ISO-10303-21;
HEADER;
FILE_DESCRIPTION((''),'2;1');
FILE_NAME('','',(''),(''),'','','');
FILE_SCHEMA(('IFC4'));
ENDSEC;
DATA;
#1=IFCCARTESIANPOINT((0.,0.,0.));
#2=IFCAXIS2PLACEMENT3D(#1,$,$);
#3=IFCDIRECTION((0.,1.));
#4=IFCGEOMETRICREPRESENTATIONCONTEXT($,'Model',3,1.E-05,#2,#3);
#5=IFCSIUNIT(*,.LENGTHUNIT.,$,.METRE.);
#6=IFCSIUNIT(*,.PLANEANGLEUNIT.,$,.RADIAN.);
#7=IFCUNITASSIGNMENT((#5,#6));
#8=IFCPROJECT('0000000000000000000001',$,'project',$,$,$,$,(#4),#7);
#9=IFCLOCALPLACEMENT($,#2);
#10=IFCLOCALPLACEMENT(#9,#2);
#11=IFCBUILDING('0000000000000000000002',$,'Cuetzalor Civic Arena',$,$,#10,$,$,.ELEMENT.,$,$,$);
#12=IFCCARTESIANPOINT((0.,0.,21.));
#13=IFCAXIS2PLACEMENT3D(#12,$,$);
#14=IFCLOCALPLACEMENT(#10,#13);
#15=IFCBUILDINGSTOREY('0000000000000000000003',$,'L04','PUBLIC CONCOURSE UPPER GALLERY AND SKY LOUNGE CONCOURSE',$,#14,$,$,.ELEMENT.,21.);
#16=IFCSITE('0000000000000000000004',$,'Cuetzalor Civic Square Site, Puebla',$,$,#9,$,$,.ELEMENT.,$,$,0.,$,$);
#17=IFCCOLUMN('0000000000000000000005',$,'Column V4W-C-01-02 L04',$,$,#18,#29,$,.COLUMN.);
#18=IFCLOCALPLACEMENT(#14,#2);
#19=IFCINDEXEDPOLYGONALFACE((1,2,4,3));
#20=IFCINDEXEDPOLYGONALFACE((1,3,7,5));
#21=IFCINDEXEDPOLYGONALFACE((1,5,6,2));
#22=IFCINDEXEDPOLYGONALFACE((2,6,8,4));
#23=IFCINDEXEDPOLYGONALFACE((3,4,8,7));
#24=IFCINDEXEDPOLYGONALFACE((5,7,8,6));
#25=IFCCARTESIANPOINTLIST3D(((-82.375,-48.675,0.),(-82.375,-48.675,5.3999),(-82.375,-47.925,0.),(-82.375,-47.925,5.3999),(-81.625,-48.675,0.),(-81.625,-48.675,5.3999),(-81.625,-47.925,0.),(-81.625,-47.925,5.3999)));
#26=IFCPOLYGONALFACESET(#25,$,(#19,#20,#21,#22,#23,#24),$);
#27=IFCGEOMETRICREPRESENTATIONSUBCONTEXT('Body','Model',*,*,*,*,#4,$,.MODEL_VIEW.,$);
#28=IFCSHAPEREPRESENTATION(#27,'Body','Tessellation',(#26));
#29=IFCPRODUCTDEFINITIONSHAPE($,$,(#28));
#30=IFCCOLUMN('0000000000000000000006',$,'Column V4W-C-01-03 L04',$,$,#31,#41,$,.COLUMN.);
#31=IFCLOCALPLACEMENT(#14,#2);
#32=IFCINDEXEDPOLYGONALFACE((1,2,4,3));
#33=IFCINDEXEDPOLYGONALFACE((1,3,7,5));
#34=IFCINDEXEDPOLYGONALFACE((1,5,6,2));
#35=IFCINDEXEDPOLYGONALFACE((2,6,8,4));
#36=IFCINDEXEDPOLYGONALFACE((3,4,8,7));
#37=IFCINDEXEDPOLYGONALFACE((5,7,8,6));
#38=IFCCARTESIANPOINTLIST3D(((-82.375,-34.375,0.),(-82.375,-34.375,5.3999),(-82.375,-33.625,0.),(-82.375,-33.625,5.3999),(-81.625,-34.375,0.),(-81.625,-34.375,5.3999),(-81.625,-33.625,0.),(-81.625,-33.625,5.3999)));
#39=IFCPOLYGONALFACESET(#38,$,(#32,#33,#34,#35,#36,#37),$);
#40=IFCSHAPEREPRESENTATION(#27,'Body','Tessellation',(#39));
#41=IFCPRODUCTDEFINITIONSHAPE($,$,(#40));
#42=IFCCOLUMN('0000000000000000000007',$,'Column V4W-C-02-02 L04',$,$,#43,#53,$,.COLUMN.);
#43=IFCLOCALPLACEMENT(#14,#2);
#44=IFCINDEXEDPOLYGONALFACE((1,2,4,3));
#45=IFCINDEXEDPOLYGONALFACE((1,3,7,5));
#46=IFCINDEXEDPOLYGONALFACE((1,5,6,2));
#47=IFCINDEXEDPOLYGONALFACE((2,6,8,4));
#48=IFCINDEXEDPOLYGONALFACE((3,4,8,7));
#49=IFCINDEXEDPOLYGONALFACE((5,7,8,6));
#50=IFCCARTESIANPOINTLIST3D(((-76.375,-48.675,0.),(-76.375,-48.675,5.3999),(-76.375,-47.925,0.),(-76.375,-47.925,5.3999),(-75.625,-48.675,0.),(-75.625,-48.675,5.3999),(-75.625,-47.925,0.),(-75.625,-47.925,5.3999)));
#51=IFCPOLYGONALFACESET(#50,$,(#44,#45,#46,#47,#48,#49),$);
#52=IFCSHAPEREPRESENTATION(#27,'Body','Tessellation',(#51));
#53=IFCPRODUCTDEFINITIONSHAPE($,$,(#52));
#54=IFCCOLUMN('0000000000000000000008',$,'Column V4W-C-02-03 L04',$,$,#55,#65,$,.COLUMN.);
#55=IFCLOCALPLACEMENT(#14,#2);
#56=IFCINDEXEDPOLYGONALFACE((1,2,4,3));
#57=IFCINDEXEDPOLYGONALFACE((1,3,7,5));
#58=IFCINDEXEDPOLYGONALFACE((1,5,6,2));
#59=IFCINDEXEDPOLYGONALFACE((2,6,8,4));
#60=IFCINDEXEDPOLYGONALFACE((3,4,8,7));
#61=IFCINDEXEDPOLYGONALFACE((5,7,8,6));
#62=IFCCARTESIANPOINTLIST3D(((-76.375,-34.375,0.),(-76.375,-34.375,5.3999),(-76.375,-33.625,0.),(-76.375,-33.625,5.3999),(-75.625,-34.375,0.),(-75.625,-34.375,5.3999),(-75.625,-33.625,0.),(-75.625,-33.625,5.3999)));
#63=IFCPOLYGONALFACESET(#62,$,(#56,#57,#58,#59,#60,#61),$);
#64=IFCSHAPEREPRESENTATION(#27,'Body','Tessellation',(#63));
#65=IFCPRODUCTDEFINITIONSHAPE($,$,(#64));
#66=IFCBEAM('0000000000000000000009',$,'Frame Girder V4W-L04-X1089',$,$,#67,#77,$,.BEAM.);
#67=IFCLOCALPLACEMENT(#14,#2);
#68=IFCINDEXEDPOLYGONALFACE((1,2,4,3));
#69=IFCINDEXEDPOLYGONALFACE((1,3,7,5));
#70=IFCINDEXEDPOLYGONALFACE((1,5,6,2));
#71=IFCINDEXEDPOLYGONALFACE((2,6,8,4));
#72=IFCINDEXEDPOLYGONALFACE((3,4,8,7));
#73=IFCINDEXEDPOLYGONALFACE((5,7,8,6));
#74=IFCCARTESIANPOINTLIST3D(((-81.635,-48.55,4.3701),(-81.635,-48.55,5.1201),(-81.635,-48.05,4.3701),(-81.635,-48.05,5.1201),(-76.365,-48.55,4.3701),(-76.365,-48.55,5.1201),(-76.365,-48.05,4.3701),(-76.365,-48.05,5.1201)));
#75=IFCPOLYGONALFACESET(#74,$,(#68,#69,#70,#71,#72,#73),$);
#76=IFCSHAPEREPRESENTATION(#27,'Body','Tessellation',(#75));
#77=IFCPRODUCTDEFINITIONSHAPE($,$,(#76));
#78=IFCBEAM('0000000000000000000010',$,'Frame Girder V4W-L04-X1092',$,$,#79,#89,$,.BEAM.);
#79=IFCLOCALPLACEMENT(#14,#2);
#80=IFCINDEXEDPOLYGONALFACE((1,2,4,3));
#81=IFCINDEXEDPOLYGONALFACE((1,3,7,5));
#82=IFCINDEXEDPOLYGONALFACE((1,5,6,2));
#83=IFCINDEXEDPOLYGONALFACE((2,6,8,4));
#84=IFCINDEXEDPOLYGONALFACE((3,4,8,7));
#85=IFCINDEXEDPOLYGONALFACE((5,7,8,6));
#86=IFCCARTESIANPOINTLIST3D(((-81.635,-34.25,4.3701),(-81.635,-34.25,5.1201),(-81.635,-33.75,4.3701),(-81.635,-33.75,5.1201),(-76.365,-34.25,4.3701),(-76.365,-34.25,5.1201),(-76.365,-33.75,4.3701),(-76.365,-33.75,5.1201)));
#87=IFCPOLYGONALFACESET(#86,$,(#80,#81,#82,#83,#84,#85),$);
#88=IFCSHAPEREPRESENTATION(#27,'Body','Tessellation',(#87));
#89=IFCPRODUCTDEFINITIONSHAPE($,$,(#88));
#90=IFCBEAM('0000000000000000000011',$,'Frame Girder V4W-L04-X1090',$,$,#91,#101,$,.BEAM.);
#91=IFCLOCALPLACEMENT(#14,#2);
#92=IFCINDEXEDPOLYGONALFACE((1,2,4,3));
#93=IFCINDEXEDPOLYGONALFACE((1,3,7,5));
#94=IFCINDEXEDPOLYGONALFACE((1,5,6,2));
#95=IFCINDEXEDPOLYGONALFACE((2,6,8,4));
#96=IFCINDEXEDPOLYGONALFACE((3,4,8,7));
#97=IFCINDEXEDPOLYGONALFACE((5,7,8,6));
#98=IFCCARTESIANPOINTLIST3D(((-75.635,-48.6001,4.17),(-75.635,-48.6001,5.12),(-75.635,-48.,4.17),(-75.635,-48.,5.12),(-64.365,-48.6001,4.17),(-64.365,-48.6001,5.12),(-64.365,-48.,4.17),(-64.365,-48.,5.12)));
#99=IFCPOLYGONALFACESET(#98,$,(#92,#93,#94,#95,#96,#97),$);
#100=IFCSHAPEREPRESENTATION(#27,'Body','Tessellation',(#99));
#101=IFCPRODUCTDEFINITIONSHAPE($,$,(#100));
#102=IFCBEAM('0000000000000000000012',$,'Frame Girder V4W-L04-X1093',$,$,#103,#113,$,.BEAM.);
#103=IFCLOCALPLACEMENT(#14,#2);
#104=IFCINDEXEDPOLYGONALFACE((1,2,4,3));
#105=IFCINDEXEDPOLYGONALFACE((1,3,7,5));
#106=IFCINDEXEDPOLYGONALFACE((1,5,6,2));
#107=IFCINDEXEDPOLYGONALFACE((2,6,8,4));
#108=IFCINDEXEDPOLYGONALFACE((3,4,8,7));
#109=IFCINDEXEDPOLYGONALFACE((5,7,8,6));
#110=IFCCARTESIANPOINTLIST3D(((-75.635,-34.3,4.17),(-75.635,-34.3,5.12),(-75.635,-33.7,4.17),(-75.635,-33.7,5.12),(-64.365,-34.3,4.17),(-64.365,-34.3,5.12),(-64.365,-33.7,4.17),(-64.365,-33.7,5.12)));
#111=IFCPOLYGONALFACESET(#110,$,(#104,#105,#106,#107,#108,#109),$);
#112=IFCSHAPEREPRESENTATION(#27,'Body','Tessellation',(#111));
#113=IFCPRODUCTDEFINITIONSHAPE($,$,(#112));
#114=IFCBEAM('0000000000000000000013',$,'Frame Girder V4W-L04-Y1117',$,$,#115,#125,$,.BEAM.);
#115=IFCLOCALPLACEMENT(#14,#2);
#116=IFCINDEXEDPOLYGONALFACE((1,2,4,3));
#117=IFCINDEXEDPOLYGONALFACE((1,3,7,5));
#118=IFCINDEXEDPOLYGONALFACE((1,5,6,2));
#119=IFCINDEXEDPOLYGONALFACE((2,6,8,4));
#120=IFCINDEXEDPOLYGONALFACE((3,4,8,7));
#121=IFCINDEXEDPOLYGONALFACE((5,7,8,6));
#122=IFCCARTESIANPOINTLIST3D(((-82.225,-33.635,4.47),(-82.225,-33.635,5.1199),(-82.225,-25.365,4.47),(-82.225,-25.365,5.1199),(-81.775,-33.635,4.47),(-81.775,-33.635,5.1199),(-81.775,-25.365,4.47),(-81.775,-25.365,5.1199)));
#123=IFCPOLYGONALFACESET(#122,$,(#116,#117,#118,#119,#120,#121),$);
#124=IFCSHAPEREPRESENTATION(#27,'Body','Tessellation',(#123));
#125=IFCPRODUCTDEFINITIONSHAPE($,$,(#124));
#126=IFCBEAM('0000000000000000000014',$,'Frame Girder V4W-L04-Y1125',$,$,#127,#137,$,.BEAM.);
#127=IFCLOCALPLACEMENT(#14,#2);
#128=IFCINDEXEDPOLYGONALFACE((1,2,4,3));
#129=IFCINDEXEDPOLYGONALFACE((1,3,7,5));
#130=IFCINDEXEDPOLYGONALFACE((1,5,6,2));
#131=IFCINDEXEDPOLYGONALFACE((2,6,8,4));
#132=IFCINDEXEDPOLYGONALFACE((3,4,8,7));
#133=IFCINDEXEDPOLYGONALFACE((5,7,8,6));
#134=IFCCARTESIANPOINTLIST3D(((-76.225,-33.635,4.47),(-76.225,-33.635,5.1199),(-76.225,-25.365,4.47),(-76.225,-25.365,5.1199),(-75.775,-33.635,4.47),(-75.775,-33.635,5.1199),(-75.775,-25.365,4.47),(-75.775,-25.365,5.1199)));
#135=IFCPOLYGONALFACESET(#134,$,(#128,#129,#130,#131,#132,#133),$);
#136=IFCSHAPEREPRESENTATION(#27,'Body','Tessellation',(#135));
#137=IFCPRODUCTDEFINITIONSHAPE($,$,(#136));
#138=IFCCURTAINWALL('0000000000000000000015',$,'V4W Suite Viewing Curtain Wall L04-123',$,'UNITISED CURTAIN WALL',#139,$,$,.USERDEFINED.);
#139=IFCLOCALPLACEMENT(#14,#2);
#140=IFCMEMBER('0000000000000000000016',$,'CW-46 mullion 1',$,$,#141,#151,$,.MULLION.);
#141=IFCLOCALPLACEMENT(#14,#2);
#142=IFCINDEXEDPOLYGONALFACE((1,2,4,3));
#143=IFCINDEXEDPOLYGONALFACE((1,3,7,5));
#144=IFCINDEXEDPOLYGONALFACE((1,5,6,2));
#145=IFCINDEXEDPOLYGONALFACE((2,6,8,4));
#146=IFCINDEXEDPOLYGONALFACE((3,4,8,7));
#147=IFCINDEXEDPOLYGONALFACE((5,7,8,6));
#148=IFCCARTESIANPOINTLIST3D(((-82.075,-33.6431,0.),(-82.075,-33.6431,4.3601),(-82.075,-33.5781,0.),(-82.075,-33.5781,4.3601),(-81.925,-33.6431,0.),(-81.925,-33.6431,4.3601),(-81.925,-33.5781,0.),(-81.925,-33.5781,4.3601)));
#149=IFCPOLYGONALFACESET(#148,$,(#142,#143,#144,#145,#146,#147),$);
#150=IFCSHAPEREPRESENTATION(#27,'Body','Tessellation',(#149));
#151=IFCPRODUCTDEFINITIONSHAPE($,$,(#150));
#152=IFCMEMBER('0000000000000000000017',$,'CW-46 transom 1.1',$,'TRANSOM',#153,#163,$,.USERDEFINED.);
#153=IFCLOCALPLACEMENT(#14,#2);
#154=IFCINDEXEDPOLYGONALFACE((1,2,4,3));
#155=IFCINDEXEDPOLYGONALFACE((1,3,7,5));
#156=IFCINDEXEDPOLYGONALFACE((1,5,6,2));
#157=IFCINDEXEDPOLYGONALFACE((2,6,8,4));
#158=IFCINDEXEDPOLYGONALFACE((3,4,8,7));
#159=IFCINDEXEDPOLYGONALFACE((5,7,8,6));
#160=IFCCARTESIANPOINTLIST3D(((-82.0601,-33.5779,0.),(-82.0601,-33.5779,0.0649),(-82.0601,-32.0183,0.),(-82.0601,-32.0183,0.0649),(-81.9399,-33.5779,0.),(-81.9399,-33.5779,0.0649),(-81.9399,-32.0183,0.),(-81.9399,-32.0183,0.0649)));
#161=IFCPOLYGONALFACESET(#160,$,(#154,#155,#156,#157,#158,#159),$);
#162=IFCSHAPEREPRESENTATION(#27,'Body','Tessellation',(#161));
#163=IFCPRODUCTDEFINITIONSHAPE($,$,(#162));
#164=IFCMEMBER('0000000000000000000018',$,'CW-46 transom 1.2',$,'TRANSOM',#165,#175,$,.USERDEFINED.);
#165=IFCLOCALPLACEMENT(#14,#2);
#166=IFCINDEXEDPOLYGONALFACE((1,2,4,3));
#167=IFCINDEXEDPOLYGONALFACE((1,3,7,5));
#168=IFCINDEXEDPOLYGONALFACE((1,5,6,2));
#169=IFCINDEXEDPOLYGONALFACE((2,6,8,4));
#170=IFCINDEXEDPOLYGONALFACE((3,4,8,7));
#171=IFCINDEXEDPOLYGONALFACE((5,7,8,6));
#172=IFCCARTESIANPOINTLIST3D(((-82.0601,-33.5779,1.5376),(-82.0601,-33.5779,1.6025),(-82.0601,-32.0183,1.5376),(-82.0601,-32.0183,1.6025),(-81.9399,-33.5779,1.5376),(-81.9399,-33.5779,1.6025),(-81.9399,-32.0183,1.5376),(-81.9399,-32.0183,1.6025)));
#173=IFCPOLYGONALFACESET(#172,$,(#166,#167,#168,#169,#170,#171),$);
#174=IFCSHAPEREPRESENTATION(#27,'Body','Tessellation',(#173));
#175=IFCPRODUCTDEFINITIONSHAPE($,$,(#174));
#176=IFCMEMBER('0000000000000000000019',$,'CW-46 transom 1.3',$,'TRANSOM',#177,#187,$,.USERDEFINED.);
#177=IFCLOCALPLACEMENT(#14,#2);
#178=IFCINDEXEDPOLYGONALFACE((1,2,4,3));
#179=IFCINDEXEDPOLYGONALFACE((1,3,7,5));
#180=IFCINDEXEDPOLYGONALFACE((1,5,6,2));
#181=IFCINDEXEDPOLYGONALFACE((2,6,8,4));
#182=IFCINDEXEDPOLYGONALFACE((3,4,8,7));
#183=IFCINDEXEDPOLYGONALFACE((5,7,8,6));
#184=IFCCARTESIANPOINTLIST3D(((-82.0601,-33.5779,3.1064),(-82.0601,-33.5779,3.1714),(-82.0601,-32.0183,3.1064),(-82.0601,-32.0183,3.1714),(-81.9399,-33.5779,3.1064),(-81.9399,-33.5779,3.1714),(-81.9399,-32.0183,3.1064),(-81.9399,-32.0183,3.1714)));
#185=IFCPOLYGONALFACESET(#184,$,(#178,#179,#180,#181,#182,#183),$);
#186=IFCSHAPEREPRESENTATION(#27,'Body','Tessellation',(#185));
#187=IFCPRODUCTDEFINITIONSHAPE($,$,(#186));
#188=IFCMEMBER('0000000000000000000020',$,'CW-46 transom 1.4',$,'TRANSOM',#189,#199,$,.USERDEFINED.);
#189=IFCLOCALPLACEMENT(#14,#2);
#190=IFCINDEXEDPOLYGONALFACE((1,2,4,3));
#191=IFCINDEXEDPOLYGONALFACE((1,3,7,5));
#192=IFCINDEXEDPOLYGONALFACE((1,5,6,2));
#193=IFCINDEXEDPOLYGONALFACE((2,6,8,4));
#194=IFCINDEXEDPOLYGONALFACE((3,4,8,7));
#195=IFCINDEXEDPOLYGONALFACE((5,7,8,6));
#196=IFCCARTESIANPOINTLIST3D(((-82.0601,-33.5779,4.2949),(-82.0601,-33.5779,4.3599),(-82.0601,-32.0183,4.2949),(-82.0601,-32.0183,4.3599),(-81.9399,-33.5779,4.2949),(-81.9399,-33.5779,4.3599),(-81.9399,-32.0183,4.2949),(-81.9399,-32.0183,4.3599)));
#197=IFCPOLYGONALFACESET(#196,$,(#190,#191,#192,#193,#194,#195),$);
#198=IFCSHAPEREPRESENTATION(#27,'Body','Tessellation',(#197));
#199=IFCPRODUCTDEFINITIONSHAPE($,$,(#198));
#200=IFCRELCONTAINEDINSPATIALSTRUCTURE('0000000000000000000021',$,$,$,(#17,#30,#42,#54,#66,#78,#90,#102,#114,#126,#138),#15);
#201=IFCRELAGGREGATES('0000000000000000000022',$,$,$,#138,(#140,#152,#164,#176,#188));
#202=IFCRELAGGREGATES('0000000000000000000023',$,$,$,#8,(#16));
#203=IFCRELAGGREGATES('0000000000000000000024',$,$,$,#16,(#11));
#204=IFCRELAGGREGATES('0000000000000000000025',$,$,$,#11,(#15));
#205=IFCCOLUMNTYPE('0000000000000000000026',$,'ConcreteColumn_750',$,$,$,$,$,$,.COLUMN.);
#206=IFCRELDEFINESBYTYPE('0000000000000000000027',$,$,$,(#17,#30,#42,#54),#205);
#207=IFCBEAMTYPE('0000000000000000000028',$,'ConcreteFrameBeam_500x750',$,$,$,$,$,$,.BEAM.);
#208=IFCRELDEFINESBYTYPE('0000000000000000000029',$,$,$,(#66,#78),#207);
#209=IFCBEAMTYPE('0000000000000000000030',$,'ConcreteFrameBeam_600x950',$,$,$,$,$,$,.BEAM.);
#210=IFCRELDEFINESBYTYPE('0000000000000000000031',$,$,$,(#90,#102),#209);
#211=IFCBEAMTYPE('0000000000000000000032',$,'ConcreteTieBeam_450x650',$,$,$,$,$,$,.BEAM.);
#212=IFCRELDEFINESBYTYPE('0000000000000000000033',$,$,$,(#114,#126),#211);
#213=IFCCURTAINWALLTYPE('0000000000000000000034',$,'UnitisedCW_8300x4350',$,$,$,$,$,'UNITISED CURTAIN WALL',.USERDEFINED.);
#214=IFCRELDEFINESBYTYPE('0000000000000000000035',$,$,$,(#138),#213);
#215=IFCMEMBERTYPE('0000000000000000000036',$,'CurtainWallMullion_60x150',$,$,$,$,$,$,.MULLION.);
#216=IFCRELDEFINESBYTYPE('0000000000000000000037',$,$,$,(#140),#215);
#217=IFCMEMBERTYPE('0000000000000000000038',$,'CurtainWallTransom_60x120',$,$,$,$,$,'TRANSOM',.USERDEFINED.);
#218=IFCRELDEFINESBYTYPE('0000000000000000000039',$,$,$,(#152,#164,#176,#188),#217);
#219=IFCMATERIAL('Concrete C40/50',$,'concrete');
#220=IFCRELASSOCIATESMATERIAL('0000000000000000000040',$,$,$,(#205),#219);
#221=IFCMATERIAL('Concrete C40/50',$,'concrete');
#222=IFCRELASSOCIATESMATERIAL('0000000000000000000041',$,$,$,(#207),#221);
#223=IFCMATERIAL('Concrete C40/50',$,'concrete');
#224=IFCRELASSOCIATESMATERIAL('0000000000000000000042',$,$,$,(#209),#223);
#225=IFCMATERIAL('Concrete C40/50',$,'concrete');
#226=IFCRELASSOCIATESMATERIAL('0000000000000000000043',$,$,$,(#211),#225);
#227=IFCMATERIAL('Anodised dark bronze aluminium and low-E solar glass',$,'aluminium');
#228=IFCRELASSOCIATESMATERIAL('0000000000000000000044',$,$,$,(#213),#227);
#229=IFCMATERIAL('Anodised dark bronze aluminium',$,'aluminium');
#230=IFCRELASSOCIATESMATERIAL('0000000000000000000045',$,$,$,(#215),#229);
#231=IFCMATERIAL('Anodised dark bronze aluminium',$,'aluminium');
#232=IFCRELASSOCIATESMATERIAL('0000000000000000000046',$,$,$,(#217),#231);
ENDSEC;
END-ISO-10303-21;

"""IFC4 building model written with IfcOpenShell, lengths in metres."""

from ifc_helpers import new_model, si_unit, direction, frame, origin, origin_2d, place, context, subcontext, project, spatial, rectangle, extrude, material, material_profile, profile_set, type_object, element, aggregate, save


model = new_model("IFC4")

# Units and contexts
model_context = context("Model", 3, precision=1e-05, world=origin(), true_north=direction((0.0, 1.0)))
body_context = subcontext(model_context, "Body", "Model", "MODEL_VIEW")
ifc_project = project(units=[si_unit("LENGTHUNIT", "METRE"), si_unit("PLANEANGLEUNIT", "RADIAN")], contexts=[model_context])

# Site, building, storey
site_placement = place(None, origin())
site = spatial("IfcSite", under=ifc_project, at=site_placement, Name="Cuetzalor Civic Square Site, Puebla", CompositionType="ELEMENT", RefElevation=0.0)
building_placement = place(site_placement, origin())
building = spatial("IfcBuilding", under=site, at=building_placement, Name="Cuetzalor Civic Arena", CompositionType="ELEMENT")
storey_placement = place(building_placement, frame((0.0, 0.0, 21.0)))
storey = spatial("IfcBuildingStorey", under=building, at=storey_placement, Name="L04", Description="PUBLIC CONCOURSE UPPER GALLERY AND SKY LOUNGE CONCOURSE", CompositionType="ELEMENT", Elevation=21.0)

# Columns
ifc_material_1 = material(Name="Concrete C40/50", Category="concrete")
ifc_material_profile_1 = material_profile(ifc_material_1, rectangle(XDim=0.75, YDim=0.75, at=origin_2d()), Name="RC 750x750")
ifc_profile_set_1 = profile_set([ifc_material_profile_1], Name="Concrete C40/50")
column_type = type_object("IfcColumnType", Name="ConcreteColumn_750", PredefinedType="COLUMN", material=ifc_profile_set_1)
for number, where, z_axis, x_axis, name in (
    (1, (-82.0, -48.3, 0.0), (0.0, 0.0, 1.0), (1.0, 0.0, 0.0), "Column V4W-C-01-02 L04"),
    (2, (-82.0, -34.0, 0.0), (0.0, 0.0, 1.0), (1.0, 0.0, 0.0), "Column V4W-C-01-03 L04"),
    (3, (-76.0, -48.3, 0.0), (0.0, 0.0, 1.0), (1.0, 0.0, 0.0), "Column V4W-C-02-02 L04"),
    (4, (-76.0, -34.0, 0.0), (0.0, 0.0, 1.0), (1.0, 0.0, 0.0), "Column V4W-C-02-03 L04"),
):
    element("IfcColumn", number, at=place(storey_placement, frame(where, z_axis=z_axis, x_axis=x_axis)), inside=storey, type_object=column_type, Name=name, PredefinedType="COLUMN", context=body_context, shape_type="SweptSolid", body=[
        extrude(rectangle(XDim=0.75, YDim=0.75, at=origin_2d()), origin(), (0.0, 0.0, 1.0), 5.3999),
    ])

# Beams
ifc_material_2 = material(Name="Concrete C40/50", Category="concrete")
ifc_material_profile_2 = material_profile(ifc_material_2, rectangle(XDim=0.5, YDim=0.75, at=origin_2d()), Name="RC 500x750")
ifc_profile_set_2 = profile_set([ifc_material_profile_2], Name="Concrete C40/50")
beam_type_1 = type_object("IfcBeamType", Name="ConcreteFrameBeam_500x750", PredefinedType="BEAM", material=ifc_profile_set_2)
for number, where, z_axis, x_axis, name in (
    (5, (-81.635, -48.3, 4.7451), (1.0, 0.0, 0.0), (0.0, 1.0, 0.0), "Frame Girder V4W-L04-X1089"),
    (6, (-81.635, -34.0, 4.7451), (1.0, 0.0, 0.0), (0.0, 1.0, 0.0), "Frame Girder V4W-L04-X1092"),
):
    element("IfcBeam", number, at=place(storey_placement, frame(where, z_axis=z_axis, x_axis=x_axis)), inside=storey, type_object=beam_type_1, Name=name, PredefinedType="BEAM", context=body_context, shape_type="SweptSolid", body=[
        extrude(rectangle(XDim=0.5, YDim=0.75, at=origin_2d()), origin(), (0.0, 0.0, 1.0), 5.27),
    ])
ifc_material_3 = material(Name="Concrete C40/50", Category="concrete")
ifc_material_profile_3 = material_profile(ifc_material_3, rectangle(XDim=0.6001, YDim=0.95, at=origin_2d()), Name="RC 600x950")
ifc_profile_set_3 = profile_set([ifc_material_profile_3], Name="Concrete C40/50")
beam_type_2 = type_object("IfcBeamType", Name="ConcreteFrameBeam_600x950", PredefinedType="BEAM", material=ifc_profile_set_3)
for number, where, z_axis, x_axis, name in (
    (7, (-75.635, -48.3, 4.645), (1.0, 0.0, 0.0), (0.0, 1.0, 0.0), "Frame Girder V4W-L04-X1090"),
    (8, (-75.635, -34.0, 4.645), (1.0, 0.0, 0.0), (0.0, 1.0, 0.0), "Frame Girder V4W-L04-X1093"),
):
    element("IfcBeam", number, at=place(storey_placement, frame(where, z_axis=z_axis, x_axis=x_axis)), inside=storey, type_object=beam_type_2, Name=name, PredefinedType="BEAM", context=body_context, shape_type="SweptSolid", body=[
        extrude(rectangle(XDim=0.6001, YDim=0.95, at=origin_2d()), origin(), (0.0, 0.0, 1.0), 11.27),
    ])
ifc_material_4 = material(Name="Concrete C40/50", Category="concrete")
ifc_material_profile_4 = material_profile(ifc_material_4, rectangle(XDim=0.45, YDim=0.6499, at=origin_2d()), Name="RC 450x650")
ifc_profile_set_4 = profile_set([ifc_material_profile_4], Name="Concrete C40/50")
beam_type_3 = type_object("IfcBeamType", Name="ConcreteTieBeam_450x650", PredefinedType="BEAM", material=ifc_profile_set_4)
for number, where, z_axis, x_axis, name in (
    (9, (-82.0, -33.635, 4.7949), (0.0, 1.0, 0.0), (-1.0, 0.0, 0.0), "Frame Girder V4W-L04-Y1117"),
    (10, (-76.0, -33.635, 4.7949), (0.0, 1.0, 0.0), (-1.0, 0.0, 0.0), "Frame Girder V4W-L04-Y1125"),
):
    element("IfcBeam", number, at=place(storey_placement, frame(where, z_axis=z_axis, x_axis=x_axis)), inside=storey, type_object=beam_type_3, Name=name, PredefinedType="BEAM", context=body_context, shape_type="SweptSolid", body=[
        extrude(rectangle(XDim=0.45, YDim=0.6499, at=origin_2d()), origin(), (0.0, 0.0, 1.0), 8.27),
    ])

# Curtain wall, members
ifc_material_5 = material(Name="Anodised dark bronze aluminium and low-E solar glass", Category="aluminium")
curtain_wall_type = type_object("IfcCurtainWallType", Name="UnitisedCW_8300x4350", ElementType="UNITISED CURTAIN WALL", PredefinedType="USERDEFINED", material=ifc_material_5)
curtain_wall_placement = place(storey_placement, origin())
curtain_wall = element("IfcCurtainWall", 11, at=curtain_wall_placement, inside=storey, type_object=curtain_wall_type, Name="V4W Suite Viewing Curtain Wall L04-123", ObjectType="UNITISED CURTAIN WALL", PredefinedType="USERDEFINED")
ifc_material_6 = material(Name="Anodised dark bronze aluminium", Category="aluminium")
ifc_material_profile_5 = material_profile(ifc_material_6, rectangle(XDim=0.0649, YDim=0.1499, at=origin_2d()), Name="ALU MULLION 65x150")
ifc_profile_set_5 = profile_set([ifc_material_profile_5], Name="Anodised dark bronze aluminium")
member_type_1 = type_object("IfcMemberType", Name="CurtainWallMullion_60x150", PredefinedType="MULLION", material=ifc_profile_set_5)
member_1_placement = place(storey_placement, frame((-82.0, -33.6106, 0.0), z_axis=(0.0, 0.0, 1.0), x_axis=(0.0, 1.0, 0.0)))
member_1 = element("IfcMember", 12, at=member_1_placement, type_object=member_type_1, Name="CW-46 mullion 1", PredefinedType="MULLION", context=body_context, shape_type="SweptSolid", body=[
    extrude(rectangle(XDim=0.0649, YDim=0.1499, at=origin_2d()), origin(), (0.0, 0.0, 1.0), 4.3601),
])
ifc_material_7 = material(Name="Anodised dark bronze aluminium", Category="aluminium")
ifc_material_profile_6 = material_profile(ifc_material_7, rectangle(XDim=0.1201, YDim=0.0649, at=origin_2d()), Name="ALU TRANSOM 65x120")
ifc_profile_set_6 = profile_set([ifc_material_profile_6], Name="Anodised dark bronze aluminium")
member_type_2 = type_object("IfcMemberType", Name="CurtainWallTransom_60x120", ElementType="TRANSOM", PredefinedType="USERDEFINED", material=ifc_profile_set_6)
member_2_placement = place(storey_placement, frame((-82.0, -33.5779, 0.0325), z_axis=(0.0, 1.0, 0.0), x_axis=(-1.0, 0.0, 0.0)))
member_2 = element("IfcMember", 13, at=member_2_placement, type_object=member_type_2, Name="CW-46 transom 1.1", ObjectType="TRANSOM", PredefinedType="USERDEFINED", context=body_context, shape_type="SweptSolid", body=[
    extrude(rectangle(XDim=0.1201, YDim=0.0649, at=origin_2d()), origin(), (0.0, 0.0, 1.0), 1.5596),
])
member_3_placement = place(storey_placement, frame((-82.0, -33.5779, 1.5701), z_axis=(0.0, 1.0, 0.0), x_axis=(-1.0, 0.0, 0.0)))
member_3 = element("IfcMember", 14, at=member_3_placement, type_object=member_type_2, Name="CW-46 transom 1.2", ObjectType="TRANSOM", PredefinedType="USERDEFINED", context=body_context, shape_type="SweptSolid", body=[
    extrude(rectangle(XDim=0.1201, YDim=0.0649, at=origin_2d()), origin(), (0.0, 0.0, 1.0), 1.5596),
])
member_4_placement = place(storey_placement, frame((-82.0, -33.5779, 3.1389), z_axis=(0.0, 1.0, 0.0), x_axis=(-1.0, 0.0, 0.0)))
member_4 = element("IfcMember", 15, at=member_4_placement, type_object=member_type_2, Name="CW-46 transom 1.3", ObjectType="TRANSOM", PredefinedType="USERDEFINED", context=body_context, shape_type="SweptSolid", body=[
    extrude(rectangle(XDim=0.1201, YDim=0.0649, at=origin_2d()), origin(), (0.0, 0.0, 1.0), 1.5596),
])
member_5_placement = place(storey_placement, frame((-82.0, -33.5779, 4.3274), z_axis=(0.0, 1.0, 0.0), x_axis=(-1.0, 0.0, 0.0)))
member_5 = element("IfcMember", 16, at=member_5_placement, type_object=member_type_2, Name="CW-46 transom 1.4", ObjectType="TRANSOM", PredefinedType="USERDEFINED", context=body_context, shape_type="SweptSolid", body=[
    extrude(rectangle(XDim=0.1201, YDim=0.0649, at=origin_2d()), origin(), (0.0, 0.0, 1.0), 1.5596),
])

aggregate(curtain_wall, [member_1, member_2, member_3, member_4, member_5])

save(model, "model.ifc")
